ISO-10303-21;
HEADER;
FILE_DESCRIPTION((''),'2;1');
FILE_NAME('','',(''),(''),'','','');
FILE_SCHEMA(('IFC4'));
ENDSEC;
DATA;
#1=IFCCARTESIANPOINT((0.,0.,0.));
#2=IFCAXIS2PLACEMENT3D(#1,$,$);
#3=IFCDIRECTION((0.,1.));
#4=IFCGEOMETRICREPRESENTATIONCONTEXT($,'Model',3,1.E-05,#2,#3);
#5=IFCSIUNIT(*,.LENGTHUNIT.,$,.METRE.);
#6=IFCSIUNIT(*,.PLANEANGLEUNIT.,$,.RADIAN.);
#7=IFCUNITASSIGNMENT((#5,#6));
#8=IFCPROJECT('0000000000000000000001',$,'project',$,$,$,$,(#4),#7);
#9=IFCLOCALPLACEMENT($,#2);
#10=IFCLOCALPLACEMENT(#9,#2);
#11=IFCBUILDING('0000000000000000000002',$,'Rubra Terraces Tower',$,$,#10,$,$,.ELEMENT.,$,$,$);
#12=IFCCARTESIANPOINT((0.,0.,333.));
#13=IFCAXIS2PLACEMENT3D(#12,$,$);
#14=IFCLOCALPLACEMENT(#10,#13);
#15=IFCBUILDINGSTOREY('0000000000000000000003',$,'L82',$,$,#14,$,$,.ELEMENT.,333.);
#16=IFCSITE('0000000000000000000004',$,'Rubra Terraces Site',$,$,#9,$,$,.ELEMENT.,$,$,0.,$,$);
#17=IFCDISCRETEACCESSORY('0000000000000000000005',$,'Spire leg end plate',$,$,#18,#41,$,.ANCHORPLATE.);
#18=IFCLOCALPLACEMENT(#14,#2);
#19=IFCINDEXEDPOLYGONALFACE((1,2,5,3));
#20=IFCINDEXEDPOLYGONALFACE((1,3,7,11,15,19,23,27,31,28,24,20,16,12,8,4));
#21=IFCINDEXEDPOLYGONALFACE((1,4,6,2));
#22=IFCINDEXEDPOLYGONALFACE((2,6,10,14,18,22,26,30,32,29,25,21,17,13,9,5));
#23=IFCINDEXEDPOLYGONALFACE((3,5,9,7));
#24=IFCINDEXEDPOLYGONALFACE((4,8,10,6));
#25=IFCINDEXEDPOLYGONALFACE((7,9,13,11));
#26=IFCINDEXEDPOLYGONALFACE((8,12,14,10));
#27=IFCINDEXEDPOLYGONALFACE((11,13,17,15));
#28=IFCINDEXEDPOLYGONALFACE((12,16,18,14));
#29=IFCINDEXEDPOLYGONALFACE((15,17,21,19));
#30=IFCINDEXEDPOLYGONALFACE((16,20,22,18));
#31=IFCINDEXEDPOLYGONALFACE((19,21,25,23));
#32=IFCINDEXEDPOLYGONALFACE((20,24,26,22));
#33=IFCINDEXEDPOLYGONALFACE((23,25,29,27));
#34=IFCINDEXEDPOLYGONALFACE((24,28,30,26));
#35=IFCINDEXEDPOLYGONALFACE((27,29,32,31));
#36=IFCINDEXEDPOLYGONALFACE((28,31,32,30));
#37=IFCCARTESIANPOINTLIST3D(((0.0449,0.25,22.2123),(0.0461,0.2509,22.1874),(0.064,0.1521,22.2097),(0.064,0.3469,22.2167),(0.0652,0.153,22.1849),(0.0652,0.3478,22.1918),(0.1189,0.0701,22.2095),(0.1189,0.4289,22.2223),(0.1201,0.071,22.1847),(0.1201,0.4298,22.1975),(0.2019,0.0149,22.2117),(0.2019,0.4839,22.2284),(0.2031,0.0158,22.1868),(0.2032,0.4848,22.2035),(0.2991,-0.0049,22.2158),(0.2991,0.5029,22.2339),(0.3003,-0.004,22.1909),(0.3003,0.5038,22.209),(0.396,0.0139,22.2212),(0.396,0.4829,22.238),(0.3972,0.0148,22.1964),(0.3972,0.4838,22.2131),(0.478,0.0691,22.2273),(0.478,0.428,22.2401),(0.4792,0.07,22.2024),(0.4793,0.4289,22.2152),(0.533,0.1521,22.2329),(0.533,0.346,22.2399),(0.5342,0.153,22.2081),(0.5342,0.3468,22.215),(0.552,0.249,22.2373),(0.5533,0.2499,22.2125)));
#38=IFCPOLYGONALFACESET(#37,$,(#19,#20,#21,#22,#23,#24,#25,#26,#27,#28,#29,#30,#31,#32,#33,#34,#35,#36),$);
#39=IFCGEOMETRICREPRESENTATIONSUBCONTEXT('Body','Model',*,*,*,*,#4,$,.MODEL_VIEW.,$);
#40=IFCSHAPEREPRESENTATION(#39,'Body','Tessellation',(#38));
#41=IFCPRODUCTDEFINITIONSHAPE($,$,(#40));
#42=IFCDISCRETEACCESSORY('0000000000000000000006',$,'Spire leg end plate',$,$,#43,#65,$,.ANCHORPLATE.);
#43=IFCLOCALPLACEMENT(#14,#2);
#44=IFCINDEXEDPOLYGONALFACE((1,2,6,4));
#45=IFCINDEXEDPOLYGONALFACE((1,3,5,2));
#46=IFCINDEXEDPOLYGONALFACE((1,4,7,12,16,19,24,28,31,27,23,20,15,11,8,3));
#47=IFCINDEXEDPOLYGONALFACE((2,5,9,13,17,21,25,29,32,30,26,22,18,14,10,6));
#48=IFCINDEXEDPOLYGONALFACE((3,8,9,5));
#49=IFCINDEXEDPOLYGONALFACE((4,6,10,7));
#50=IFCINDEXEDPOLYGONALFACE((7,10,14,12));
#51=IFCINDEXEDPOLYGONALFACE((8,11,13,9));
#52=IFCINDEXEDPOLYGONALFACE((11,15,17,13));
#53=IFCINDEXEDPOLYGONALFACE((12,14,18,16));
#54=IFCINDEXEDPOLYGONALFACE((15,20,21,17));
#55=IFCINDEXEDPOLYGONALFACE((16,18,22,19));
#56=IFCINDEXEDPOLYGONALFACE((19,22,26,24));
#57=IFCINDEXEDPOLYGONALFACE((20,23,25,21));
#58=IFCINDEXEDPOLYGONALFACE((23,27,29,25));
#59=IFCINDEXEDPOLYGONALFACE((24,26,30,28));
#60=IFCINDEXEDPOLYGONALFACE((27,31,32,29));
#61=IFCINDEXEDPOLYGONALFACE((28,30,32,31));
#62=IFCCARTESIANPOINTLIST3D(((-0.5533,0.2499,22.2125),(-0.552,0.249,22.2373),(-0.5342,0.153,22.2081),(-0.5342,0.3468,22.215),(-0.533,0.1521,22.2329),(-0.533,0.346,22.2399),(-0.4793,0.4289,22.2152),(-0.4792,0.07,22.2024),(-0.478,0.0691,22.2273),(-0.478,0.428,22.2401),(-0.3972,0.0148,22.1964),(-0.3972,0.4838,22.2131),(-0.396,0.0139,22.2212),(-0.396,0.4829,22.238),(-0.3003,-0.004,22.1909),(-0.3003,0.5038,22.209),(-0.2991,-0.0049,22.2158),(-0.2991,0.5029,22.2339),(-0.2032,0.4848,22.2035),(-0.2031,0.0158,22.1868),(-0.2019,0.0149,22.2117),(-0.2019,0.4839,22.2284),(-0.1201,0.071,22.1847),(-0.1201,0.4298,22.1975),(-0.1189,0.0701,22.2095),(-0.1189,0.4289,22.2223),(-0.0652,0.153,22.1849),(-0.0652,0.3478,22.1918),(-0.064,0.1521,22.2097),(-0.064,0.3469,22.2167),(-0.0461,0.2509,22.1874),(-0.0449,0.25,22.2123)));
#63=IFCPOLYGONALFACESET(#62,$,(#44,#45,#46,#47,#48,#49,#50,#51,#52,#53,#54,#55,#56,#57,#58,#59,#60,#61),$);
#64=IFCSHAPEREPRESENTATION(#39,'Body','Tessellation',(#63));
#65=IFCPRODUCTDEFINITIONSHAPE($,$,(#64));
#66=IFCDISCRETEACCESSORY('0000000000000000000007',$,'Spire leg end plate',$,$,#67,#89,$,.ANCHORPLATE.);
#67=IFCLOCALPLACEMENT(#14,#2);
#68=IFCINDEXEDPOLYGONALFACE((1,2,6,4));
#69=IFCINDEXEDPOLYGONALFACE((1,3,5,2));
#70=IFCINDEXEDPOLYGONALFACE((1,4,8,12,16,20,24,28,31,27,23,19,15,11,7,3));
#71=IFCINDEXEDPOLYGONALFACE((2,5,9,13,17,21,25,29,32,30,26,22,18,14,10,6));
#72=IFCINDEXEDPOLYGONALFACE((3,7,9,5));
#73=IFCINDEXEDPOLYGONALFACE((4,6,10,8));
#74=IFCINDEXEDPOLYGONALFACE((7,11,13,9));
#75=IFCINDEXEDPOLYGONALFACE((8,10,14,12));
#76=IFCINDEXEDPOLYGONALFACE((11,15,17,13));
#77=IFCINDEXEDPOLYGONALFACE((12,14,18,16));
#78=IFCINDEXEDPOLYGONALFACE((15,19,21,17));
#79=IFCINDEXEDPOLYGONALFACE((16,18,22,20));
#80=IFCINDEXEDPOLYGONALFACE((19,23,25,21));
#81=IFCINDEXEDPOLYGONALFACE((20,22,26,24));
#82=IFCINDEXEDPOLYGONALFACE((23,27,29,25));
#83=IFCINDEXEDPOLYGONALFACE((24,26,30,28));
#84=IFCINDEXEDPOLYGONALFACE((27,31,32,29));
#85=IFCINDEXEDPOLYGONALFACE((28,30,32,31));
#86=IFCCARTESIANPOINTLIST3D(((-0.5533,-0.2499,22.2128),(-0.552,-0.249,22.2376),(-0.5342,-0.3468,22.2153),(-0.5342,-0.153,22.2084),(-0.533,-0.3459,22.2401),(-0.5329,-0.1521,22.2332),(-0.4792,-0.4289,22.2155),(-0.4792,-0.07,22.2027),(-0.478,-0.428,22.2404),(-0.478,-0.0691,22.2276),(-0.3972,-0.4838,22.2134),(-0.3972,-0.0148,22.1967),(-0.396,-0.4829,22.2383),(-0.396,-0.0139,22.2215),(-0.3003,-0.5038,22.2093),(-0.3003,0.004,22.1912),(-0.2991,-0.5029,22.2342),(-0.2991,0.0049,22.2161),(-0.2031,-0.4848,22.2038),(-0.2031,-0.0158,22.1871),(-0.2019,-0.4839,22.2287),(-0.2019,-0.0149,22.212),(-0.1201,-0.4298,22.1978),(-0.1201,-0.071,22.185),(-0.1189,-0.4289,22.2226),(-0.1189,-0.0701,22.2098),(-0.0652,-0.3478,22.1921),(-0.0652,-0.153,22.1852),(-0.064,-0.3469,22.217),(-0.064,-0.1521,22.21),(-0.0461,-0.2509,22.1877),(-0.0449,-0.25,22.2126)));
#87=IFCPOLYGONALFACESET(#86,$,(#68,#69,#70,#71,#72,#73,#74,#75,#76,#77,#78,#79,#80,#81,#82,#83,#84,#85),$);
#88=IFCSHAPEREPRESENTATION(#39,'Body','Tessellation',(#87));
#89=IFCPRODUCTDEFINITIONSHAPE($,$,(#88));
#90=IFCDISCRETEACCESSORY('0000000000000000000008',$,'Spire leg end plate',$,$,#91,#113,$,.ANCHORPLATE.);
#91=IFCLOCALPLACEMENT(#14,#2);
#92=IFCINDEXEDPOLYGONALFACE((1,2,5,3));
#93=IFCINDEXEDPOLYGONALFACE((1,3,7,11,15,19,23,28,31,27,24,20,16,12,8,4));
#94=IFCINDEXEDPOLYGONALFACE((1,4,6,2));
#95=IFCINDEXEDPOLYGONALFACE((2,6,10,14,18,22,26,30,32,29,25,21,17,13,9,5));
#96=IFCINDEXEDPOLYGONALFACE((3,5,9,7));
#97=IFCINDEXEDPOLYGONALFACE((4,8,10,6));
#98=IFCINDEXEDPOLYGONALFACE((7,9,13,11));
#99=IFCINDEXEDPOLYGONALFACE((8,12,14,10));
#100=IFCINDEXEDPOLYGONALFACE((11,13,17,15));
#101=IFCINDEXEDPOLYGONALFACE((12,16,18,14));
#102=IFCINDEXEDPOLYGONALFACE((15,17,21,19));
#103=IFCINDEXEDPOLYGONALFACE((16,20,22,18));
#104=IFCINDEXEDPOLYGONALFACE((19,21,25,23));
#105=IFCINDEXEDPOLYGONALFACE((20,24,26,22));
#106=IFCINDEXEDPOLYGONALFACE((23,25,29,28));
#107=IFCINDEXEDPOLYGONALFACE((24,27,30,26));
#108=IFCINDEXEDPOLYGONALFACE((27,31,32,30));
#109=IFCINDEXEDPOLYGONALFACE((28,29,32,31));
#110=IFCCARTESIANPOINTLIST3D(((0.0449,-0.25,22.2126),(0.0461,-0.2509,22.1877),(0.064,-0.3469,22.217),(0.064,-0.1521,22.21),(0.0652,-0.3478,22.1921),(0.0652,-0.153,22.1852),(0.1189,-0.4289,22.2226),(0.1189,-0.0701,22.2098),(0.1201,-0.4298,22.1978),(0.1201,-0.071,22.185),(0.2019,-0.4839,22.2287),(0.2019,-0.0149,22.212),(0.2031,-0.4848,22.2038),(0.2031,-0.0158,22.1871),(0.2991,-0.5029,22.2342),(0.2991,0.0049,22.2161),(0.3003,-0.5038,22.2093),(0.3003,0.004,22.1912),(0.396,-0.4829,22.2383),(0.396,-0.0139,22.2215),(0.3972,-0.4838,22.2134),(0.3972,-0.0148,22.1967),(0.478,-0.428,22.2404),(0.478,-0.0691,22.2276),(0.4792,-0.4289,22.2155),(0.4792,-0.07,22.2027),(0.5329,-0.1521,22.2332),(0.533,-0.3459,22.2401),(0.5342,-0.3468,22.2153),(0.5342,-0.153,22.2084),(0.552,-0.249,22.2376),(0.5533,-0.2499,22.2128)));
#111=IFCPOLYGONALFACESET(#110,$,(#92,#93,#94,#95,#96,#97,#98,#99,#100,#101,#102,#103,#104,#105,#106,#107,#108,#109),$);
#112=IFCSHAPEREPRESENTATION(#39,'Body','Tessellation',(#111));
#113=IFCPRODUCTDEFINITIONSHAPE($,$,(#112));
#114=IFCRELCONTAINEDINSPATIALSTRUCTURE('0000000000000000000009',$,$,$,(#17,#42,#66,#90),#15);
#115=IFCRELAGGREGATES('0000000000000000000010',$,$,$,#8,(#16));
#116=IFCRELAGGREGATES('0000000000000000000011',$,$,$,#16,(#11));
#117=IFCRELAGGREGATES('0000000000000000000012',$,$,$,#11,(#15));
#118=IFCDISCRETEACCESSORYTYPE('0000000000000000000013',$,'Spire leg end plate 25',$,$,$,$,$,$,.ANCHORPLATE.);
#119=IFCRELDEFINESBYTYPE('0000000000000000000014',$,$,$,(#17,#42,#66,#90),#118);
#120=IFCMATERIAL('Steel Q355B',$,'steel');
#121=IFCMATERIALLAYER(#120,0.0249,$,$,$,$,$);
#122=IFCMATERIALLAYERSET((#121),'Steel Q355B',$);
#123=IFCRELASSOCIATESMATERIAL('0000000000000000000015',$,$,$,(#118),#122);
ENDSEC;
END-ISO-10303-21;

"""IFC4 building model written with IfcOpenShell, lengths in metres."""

from ifc_helpers import new_model, si_unit, direction, frame, origin, place, context, subcontext, project, spatial, polyline, outline, extrude, material, layer, layer_set, type_object, element, save


model = new_model("IFC4")

# Units and contexts
model_context = context("Model", 3, precision=1e-05, world=origin(), true_north=direction((0.0, 1.0)))
body_context = subcontext(model_context, "Body", "Model", "MODEL_VIEW")
ifc_project = project(units=[si_unit("LENGTHUNIT", "METRE"), si_unit("PLANEANGLEUNIT", "RADIAN")], contexts=[model_context])

# Site, building, storey
site_placement = place(None, origin())
site = spatial("IfcSite", under=ifc_project, at=site_placement, Name="Rubra Terraces Site", CompositionType="ELEMENT", RefElevation=0.0)
building_placement = place(site_placement, origin())
building = spatial("IfcBuilding", under=site, at=building_placement, Name="Rubra Terraces Tower", CompositionType="ELEMENT")
storey_placement = place(building_placement, frame((0.0, 0.0, 333.0)))
storey = spatial("IfcBuildingStorey", under=building, at=storey_placement, Name="L82", CompositionType="ELEMENT", Elevation=333.0)

# Shared definitions
ifc_material_1 = material(Name="Steel Q355B", Category="steel")

# Discrete accessories
ifc_layer_1 = layer(ifc_material_1, 0.0249)
ifc_layer_set_1 = layer_set([ifc_layer_1], Name="Steel Q355B")
discrete_accessory_type_1 = type_object("IfcDiscreteAccessoryType", Name="Spire leg end plate 25", PredefinedType="ANCHORPLATE", material=ifc_layer_set_1)
discrete_accessory_1_placement = place(storey_placement, frame((0.2991, 0.5029, 22.2339), z_axis=(-0.049384, -0.035599, 0.998145), x_axis=(-0.979859, -0.191875, -0.055323)))
element("IfcDiscreteAccessory", 1, at=discrete_accessory_1_placement, inside=storey, type_object=discrete_accessory_type_1, Name="Spire leg end plate", PredefinedType="ANCHORPLATE", context=body_context, shape_type="SweptSolid", body=[
    extrude(outline(polyline([(0.0, 0.0), (0.0991, 0.0), (0.1914, 0.038), (0.2612, 0.1079), (0.2988, 0.1994), (0.299, 0.2992), (0.2609, 0.3903), (0.1901, 0.4604), (0.0984, 0.4985), (-0.0004, 0.4987), (-0.0917, 0.4603), (-0.1618, 0.3894), (-0.1993, 0.2979), (-0.1994, 0.1991), (-0.1613, 0.108), (-0.0914, 0.0383), (0.0, 0.0)])), origin(), (0.0, 0.0, -1.0), 0.0249),
])
discrete_accessory_2_placement = place(storey_placement, frame((-0.2991, 0.5029, 22.2339), z_axis=(0.049384, -0.035599, 0.998145), x_axis=(-0.978502, -0.202077, 0.041205)))
element("IfcDiscreteAccessory", 2, at=discrete_accessory_2_placement, inside=storey, type_object=discrete_accessory_type_1, Name="Spire leg end plate", PredefinedType="ANCHORPLATE", context=body_context, shape_type="SweptSolid", body=[
    extrude(outline(polyline([(0.0, 0.0), (0.0991, 0.0), (0.1905, 0.0372), (0.2608, 0.1065), (0.299, 0.1977), (0.2997, 0.2966), (0.2625, 0.3891), (0.1931, 0.4598), (0.1019, 0.4978), (0.0026, 0.4981), (-0.0898, 0.4608), (-0.1601, 0.3915), (-0.1985, 0.2994), (-0.1992, 0.2005), (-0.1618, 0.109), (-0.0914, 0.0383), (0.0, 0.0)])), origin(), (0.0, 0.0, -1.0), 0.0249),
])
discrete_accessory_3_placement = place(storey_placement, frame((-0.2991, 0.0049, 22.2161), z_axis=(0.049384, 0.035599, 0.998145), x_axis=(-0.980233, -0.189968, 0.055273)))
element("IfcDiscreteAccessory", 3, at=discrete_accessory_3_placement, inside=storey, type_object=discrete_accessory_type_1, Name="Spire leg end plate", PredefinedType="ANCHORPLATE", context=body_context, shape_type="SweptSolid", body=[
    extrude(outline(polyline([(0.0, 0.0), (0.0988, 0.0), (0.1901, 0.0386), (0.26, 0.1096), (0.2974, 0.2012), (0.2972, 0.3), (0.259, 0.391), (0.1889, 0.4606), (0.0975, 0.4987), (-0.0017, 0.4985), (-0.0939, 0.4603), (-0.1636, 0.3902), (-0.2009, 0.2987), (-0.201, 0.1989), (-0.1627, 0.1079), (-0.0917, 0.0379), (0.0, 0.0)])), origin(), (0.0, 0.0, -1.0), 0.0249),
])
discrete_accessory_4_placement = place(storey_placement, frame((0.2991, 0.0049, 22.2161), z_axis=(-0.049384, 0.035599, 0.998145), x_axis=(-0.979079, -0.199238, -0.041335)))
element("IfcDiscreteAccessory", 4, at=discrete_accessory_4_placement, inside=storey, type_object=discrete_accessory_type_1, Name="Spire leg end plate", PredefinedType="ANCHORPLATE", context=body_context, shape_type="SweptSolid", body=[
    extrude(outline(polyline([(0.0, 0.0), (0.0992, 0.0), (0.1916, 0.0376), (0.2617, 0.1071), (0.2998, 0.1993), (0.3002, 0.2982), (0.2626, 0.3896), (0.192, 0.4601), (0.1004, 0.4981), (0.0014, 0.4978), (-0.09, 0.4603), (-0.1601, 0.3908), (-0.198, 0.2996), (-0.1984, 0.2007), (-0.1609, 0.1083), (-0.0914, 0.0378), (0.0, 0.0)])), origin(), (0.0, 0.0, -1.0), 0.0249),
])

save(model, "model.ifc")
